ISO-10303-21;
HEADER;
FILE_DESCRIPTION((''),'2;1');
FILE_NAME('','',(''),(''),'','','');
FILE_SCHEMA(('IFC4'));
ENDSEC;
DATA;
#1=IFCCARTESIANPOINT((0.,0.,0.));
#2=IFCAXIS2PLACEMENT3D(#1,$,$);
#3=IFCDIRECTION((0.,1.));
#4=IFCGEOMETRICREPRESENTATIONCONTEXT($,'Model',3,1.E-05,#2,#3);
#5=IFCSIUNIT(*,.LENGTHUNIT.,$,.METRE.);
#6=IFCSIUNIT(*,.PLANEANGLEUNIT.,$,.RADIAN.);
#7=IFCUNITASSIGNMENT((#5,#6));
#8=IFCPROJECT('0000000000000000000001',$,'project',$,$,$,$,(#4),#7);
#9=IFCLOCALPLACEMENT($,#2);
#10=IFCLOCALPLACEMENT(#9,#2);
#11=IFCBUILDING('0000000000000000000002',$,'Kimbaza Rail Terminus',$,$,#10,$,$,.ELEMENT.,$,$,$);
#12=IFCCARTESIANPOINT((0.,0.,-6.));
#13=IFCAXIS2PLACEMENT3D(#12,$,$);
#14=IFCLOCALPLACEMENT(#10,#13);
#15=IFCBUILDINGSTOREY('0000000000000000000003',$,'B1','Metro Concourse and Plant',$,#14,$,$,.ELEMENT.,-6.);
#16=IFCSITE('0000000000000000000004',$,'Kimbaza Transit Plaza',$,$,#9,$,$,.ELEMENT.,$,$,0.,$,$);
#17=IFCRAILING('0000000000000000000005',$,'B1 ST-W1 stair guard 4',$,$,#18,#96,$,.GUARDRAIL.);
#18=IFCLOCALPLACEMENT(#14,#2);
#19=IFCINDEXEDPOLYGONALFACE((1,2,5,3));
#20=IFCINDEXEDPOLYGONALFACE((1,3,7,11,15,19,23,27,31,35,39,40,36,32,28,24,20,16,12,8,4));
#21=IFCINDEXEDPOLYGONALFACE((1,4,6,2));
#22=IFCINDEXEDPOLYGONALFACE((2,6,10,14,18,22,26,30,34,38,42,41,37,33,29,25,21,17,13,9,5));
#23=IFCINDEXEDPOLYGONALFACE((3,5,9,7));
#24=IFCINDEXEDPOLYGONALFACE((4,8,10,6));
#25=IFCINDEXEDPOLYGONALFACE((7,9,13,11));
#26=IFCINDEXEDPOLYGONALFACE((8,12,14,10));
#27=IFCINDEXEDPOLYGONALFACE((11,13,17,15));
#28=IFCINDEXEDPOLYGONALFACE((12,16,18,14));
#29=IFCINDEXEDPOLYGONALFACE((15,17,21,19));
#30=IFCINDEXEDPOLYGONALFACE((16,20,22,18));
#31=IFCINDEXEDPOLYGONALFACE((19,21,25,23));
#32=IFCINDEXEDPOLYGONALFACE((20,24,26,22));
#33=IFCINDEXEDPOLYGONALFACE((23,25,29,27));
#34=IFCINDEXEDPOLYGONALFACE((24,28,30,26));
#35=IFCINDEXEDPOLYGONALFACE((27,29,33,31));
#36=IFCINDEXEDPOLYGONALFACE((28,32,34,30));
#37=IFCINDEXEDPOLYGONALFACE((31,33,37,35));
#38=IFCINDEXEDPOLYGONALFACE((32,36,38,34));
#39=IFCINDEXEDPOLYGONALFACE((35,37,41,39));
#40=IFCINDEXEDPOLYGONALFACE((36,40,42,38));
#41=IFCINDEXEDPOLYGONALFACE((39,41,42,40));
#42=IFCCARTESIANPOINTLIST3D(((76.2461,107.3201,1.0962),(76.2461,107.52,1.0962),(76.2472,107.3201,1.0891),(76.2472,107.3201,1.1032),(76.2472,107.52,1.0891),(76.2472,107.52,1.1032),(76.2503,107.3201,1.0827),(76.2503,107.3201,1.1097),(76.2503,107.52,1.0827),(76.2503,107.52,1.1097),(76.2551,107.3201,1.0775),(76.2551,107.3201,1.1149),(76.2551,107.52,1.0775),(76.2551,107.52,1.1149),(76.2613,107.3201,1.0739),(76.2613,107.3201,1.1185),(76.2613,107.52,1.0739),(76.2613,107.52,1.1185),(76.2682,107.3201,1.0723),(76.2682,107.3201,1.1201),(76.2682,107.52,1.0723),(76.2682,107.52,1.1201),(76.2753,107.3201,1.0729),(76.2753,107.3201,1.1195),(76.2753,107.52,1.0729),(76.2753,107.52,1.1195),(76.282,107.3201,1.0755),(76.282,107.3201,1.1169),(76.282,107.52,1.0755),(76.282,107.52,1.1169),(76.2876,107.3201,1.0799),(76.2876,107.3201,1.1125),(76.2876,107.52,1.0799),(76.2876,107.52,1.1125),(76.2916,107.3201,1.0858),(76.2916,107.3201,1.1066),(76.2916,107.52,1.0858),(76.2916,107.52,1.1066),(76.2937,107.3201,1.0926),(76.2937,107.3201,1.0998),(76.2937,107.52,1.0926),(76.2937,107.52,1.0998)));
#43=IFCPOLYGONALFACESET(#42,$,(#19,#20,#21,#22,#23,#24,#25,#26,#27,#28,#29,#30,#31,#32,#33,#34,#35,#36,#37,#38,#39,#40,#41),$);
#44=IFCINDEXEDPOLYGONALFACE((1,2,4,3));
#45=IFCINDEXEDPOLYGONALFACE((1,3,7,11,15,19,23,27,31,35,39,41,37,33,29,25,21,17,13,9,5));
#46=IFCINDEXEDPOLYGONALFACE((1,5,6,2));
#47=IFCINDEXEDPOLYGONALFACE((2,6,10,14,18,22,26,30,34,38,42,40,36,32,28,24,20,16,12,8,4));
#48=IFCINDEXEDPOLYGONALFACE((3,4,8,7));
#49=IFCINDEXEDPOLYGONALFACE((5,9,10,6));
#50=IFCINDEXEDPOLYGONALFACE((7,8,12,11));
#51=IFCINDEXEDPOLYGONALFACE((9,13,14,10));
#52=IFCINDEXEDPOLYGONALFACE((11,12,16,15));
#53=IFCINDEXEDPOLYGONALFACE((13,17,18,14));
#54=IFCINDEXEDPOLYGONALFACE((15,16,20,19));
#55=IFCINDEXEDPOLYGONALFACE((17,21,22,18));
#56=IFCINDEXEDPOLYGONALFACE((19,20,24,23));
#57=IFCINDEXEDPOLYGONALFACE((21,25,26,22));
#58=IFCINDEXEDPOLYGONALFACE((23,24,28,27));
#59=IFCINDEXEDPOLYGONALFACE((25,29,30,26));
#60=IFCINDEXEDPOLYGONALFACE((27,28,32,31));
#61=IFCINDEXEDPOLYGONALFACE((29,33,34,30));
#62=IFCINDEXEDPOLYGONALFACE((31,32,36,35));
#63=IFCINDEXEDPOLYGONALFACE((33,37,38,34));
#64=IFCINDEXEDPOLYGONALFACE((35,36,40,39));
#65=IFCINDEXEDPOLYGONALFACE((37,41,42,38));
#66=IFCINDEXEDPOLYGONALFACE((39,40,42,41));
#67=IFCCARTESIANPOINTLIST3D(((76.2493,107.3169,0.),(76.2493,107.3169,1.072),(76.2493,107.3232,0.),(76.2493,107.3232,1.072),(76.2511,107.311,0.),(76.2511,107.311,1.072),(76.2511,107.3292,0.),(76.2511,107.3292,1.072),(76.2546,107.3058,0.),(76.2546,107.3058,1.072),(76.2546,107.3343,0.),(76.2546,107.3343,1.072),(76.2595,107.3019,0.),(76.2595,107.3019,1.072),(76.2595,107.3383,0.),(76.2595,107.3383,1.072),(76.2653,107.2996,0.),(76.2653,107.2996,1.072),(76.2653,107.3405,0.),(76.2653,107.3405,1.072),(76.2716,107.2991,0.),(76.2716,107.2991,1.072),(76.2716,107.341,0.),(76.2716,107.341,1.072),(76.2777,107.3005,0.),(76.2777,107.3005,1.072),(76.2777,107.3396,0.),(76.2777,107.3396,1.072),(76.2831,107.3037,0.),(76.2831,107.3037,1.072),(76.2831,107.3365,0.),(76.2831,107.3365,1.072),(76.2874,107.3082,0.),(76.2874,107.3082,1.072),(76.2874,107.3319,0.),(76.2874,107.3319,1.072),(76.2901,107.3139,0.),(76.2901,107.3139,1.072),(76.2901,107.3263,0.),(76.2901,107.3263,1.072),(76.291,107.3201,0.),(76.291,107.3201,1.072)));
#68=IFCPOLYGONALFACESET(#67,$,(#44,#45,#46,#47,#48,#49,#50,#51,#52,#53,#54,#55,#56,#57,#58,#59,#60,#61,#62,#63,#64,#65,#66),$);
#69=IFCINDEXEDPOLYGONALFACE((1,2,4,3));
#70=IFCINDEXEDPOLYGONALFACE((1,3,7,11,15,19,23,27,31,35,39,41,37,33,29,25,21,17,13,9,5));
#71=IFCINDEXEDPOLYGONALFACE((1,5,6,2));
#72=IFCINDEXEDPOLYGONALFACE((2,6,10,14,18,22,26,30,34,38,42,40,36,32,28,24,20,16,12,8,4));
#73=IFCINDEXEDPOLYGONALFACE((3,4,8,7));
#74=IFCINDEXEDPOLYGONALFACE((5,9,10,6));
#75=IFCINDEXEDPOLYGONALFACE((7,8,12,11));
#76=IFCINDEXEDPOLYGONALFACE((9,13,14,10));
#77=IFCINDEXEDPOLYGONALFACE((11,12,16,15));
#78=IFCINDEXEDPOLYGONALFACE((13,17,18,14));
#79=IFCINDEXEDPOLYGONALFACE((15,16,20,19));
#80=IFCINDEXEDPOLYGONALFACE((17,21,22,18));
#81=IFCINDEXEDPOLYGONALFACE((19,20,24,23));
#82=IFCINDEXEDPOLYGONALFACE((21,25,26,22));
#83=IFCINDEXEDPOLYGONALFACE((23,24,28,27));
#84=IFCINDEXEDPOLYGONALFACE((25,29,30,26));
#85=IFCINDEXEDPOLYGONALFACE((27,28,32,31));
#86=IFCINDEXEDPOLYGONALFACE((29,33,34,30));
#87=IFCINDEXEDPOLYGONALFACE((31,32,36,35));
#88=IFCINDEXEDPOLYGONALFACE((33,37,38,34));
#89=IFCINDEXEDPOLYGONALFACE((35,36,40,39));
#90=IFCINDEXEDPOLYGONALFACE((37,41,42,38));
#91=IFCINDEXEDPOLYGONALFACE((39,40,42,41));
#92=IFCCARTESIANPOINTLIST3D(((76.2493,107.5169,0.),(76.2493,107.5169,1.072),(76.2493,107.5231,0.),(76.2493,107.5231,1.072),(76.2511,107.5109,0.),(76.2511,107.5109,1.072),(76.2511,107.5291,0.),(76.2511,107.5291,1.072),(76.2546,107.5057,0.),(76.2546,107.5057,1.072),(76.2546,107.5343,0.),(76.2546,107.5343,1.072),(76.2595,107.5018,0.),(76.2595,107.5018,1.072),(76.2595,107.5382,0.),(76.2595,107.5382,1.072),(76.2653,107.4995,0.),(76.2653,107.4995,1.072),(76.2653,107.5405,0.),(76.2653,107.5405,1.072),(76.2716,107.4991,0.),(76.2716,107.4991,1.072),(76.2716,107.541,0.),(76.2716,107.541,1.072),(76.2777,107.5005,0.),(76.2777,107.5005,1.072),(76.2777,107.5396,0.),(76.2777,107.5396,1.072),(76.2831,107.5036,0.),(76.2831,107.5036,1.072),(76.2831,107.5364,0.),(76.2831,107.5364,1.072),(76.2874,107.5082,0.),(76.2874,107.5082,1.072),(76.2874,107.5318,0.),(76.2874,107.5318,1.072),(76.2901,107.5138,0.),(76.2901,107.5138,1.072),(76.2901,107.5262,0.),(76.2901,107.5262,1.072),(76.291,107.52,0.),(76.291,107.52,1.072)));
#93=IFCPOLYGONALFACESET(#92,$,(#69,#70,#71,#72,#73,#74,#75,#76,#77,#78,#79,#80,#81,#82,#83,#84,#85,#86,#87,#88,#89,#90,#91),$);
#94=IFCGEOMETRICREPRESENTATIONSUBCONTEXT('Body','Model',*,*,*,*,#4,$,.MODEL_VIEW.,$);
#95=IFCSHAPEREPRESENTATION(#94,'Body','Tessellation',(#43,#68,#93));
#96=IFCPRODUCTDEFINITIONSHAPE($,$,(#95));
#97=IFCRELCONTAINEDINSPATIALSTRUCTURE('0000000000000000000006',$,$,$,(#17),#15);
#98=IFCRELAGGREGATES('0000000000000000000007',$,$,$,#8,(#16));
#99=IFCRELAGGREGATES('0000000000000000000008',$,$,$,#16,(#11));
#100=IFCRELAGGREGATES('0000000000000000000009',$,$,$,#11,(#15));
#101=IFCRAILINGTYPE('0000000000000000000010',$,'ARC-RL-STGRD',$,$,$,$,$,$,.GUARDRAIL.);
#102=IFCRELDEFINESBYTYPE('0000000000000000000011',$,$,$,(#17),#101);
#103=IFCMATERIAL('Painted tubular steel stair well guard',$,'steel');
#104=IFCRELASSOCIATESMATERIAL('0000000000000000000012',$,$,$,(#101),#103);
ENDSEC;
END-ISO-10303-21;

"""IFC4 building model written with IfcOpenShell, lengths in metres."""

from ifc_helpers import new_model, si_unit, direction, frame, origin, origin_2d, place, context, subcontext, project, spatial, circle, extrude, material, type_object, element, save


model = new_model("IFC4")

# Units and contexts
model_context = context("Model", 3, precision=1e-05, world=origin(), true_north=direction((0.0, 1.0)))
body_context = subcontext(model_context, "Body", "Model", "MODEL_VIEW")
ifc_project = project(units=[si_unit("LENGTHUNIT", "METRE"), si_unit("PLANEANGLEUNIT", "RADIAN")], contexts=[model_context])

# Site, building, storey
site_placement = place(None, origin())
site = spatial("IfcSite", under=ifc_project, at=site_placement, Name="Kimbaza Transit Plaza", CompositionType="ELEMENT", RefElevation=0.0)
building_placement = place(site_placement, origin())
building = spatial("IfcBuilding", under=site, at=building_placement, Name="Kimbaza Rail Terminus", CompositionType="ELEMENT")
storey_placement = place(building_placement, frame((0.0, 0.0, -6.0)))
storey = spatial("IfcBuildingStorey", under=building, at=storey_placement, Name="B1", Description="Metro Concourse and Plant", CompositionType="ELEMENT", Elevation=-6.0)

# Railing
ifc_material_1 = material(Name="Painted tubular steel stair well guard", Category="steel")
railing_type_1 = type_object("IfcRailingType", Name="ARC-RL-STGRD", PredefinedType="GUARDRAIL", material=ifc_material_1)
railing_1_placement = place(storey_placement, frame((76.27, 107.3201, 0.0)))
element("IfcRailing", 1, at=railing_1_placement, inside=storey, type_object=railing_type_1, Name="B1 ST-W1 stair guard 4", PredefinedType="GUARDRAIL", context=body_context, shape_type="SweptSolid", body=[
    extrude(circle(Radius=0.0239, at=origin_2d()), frame((0.0, 0.0, 1.0962), z_axis=(0.0, 1.0, 0.0), x_axis=(-1.0, 0.0, 0.0)), (0.0, 0.0, 1.0), 0.2),
    extrude(circle(Radius=0.021, at=origin_2d()), origin(), (0.0, 0.0, 1.0), 1.072),
    extrude(circle(Radius=0.021, at=origin_2d()), frame((0.0, 0.2, 0.0)), (0.0, 0.0, 1.0), 1.072),
])

save(model, "model.ifc")
